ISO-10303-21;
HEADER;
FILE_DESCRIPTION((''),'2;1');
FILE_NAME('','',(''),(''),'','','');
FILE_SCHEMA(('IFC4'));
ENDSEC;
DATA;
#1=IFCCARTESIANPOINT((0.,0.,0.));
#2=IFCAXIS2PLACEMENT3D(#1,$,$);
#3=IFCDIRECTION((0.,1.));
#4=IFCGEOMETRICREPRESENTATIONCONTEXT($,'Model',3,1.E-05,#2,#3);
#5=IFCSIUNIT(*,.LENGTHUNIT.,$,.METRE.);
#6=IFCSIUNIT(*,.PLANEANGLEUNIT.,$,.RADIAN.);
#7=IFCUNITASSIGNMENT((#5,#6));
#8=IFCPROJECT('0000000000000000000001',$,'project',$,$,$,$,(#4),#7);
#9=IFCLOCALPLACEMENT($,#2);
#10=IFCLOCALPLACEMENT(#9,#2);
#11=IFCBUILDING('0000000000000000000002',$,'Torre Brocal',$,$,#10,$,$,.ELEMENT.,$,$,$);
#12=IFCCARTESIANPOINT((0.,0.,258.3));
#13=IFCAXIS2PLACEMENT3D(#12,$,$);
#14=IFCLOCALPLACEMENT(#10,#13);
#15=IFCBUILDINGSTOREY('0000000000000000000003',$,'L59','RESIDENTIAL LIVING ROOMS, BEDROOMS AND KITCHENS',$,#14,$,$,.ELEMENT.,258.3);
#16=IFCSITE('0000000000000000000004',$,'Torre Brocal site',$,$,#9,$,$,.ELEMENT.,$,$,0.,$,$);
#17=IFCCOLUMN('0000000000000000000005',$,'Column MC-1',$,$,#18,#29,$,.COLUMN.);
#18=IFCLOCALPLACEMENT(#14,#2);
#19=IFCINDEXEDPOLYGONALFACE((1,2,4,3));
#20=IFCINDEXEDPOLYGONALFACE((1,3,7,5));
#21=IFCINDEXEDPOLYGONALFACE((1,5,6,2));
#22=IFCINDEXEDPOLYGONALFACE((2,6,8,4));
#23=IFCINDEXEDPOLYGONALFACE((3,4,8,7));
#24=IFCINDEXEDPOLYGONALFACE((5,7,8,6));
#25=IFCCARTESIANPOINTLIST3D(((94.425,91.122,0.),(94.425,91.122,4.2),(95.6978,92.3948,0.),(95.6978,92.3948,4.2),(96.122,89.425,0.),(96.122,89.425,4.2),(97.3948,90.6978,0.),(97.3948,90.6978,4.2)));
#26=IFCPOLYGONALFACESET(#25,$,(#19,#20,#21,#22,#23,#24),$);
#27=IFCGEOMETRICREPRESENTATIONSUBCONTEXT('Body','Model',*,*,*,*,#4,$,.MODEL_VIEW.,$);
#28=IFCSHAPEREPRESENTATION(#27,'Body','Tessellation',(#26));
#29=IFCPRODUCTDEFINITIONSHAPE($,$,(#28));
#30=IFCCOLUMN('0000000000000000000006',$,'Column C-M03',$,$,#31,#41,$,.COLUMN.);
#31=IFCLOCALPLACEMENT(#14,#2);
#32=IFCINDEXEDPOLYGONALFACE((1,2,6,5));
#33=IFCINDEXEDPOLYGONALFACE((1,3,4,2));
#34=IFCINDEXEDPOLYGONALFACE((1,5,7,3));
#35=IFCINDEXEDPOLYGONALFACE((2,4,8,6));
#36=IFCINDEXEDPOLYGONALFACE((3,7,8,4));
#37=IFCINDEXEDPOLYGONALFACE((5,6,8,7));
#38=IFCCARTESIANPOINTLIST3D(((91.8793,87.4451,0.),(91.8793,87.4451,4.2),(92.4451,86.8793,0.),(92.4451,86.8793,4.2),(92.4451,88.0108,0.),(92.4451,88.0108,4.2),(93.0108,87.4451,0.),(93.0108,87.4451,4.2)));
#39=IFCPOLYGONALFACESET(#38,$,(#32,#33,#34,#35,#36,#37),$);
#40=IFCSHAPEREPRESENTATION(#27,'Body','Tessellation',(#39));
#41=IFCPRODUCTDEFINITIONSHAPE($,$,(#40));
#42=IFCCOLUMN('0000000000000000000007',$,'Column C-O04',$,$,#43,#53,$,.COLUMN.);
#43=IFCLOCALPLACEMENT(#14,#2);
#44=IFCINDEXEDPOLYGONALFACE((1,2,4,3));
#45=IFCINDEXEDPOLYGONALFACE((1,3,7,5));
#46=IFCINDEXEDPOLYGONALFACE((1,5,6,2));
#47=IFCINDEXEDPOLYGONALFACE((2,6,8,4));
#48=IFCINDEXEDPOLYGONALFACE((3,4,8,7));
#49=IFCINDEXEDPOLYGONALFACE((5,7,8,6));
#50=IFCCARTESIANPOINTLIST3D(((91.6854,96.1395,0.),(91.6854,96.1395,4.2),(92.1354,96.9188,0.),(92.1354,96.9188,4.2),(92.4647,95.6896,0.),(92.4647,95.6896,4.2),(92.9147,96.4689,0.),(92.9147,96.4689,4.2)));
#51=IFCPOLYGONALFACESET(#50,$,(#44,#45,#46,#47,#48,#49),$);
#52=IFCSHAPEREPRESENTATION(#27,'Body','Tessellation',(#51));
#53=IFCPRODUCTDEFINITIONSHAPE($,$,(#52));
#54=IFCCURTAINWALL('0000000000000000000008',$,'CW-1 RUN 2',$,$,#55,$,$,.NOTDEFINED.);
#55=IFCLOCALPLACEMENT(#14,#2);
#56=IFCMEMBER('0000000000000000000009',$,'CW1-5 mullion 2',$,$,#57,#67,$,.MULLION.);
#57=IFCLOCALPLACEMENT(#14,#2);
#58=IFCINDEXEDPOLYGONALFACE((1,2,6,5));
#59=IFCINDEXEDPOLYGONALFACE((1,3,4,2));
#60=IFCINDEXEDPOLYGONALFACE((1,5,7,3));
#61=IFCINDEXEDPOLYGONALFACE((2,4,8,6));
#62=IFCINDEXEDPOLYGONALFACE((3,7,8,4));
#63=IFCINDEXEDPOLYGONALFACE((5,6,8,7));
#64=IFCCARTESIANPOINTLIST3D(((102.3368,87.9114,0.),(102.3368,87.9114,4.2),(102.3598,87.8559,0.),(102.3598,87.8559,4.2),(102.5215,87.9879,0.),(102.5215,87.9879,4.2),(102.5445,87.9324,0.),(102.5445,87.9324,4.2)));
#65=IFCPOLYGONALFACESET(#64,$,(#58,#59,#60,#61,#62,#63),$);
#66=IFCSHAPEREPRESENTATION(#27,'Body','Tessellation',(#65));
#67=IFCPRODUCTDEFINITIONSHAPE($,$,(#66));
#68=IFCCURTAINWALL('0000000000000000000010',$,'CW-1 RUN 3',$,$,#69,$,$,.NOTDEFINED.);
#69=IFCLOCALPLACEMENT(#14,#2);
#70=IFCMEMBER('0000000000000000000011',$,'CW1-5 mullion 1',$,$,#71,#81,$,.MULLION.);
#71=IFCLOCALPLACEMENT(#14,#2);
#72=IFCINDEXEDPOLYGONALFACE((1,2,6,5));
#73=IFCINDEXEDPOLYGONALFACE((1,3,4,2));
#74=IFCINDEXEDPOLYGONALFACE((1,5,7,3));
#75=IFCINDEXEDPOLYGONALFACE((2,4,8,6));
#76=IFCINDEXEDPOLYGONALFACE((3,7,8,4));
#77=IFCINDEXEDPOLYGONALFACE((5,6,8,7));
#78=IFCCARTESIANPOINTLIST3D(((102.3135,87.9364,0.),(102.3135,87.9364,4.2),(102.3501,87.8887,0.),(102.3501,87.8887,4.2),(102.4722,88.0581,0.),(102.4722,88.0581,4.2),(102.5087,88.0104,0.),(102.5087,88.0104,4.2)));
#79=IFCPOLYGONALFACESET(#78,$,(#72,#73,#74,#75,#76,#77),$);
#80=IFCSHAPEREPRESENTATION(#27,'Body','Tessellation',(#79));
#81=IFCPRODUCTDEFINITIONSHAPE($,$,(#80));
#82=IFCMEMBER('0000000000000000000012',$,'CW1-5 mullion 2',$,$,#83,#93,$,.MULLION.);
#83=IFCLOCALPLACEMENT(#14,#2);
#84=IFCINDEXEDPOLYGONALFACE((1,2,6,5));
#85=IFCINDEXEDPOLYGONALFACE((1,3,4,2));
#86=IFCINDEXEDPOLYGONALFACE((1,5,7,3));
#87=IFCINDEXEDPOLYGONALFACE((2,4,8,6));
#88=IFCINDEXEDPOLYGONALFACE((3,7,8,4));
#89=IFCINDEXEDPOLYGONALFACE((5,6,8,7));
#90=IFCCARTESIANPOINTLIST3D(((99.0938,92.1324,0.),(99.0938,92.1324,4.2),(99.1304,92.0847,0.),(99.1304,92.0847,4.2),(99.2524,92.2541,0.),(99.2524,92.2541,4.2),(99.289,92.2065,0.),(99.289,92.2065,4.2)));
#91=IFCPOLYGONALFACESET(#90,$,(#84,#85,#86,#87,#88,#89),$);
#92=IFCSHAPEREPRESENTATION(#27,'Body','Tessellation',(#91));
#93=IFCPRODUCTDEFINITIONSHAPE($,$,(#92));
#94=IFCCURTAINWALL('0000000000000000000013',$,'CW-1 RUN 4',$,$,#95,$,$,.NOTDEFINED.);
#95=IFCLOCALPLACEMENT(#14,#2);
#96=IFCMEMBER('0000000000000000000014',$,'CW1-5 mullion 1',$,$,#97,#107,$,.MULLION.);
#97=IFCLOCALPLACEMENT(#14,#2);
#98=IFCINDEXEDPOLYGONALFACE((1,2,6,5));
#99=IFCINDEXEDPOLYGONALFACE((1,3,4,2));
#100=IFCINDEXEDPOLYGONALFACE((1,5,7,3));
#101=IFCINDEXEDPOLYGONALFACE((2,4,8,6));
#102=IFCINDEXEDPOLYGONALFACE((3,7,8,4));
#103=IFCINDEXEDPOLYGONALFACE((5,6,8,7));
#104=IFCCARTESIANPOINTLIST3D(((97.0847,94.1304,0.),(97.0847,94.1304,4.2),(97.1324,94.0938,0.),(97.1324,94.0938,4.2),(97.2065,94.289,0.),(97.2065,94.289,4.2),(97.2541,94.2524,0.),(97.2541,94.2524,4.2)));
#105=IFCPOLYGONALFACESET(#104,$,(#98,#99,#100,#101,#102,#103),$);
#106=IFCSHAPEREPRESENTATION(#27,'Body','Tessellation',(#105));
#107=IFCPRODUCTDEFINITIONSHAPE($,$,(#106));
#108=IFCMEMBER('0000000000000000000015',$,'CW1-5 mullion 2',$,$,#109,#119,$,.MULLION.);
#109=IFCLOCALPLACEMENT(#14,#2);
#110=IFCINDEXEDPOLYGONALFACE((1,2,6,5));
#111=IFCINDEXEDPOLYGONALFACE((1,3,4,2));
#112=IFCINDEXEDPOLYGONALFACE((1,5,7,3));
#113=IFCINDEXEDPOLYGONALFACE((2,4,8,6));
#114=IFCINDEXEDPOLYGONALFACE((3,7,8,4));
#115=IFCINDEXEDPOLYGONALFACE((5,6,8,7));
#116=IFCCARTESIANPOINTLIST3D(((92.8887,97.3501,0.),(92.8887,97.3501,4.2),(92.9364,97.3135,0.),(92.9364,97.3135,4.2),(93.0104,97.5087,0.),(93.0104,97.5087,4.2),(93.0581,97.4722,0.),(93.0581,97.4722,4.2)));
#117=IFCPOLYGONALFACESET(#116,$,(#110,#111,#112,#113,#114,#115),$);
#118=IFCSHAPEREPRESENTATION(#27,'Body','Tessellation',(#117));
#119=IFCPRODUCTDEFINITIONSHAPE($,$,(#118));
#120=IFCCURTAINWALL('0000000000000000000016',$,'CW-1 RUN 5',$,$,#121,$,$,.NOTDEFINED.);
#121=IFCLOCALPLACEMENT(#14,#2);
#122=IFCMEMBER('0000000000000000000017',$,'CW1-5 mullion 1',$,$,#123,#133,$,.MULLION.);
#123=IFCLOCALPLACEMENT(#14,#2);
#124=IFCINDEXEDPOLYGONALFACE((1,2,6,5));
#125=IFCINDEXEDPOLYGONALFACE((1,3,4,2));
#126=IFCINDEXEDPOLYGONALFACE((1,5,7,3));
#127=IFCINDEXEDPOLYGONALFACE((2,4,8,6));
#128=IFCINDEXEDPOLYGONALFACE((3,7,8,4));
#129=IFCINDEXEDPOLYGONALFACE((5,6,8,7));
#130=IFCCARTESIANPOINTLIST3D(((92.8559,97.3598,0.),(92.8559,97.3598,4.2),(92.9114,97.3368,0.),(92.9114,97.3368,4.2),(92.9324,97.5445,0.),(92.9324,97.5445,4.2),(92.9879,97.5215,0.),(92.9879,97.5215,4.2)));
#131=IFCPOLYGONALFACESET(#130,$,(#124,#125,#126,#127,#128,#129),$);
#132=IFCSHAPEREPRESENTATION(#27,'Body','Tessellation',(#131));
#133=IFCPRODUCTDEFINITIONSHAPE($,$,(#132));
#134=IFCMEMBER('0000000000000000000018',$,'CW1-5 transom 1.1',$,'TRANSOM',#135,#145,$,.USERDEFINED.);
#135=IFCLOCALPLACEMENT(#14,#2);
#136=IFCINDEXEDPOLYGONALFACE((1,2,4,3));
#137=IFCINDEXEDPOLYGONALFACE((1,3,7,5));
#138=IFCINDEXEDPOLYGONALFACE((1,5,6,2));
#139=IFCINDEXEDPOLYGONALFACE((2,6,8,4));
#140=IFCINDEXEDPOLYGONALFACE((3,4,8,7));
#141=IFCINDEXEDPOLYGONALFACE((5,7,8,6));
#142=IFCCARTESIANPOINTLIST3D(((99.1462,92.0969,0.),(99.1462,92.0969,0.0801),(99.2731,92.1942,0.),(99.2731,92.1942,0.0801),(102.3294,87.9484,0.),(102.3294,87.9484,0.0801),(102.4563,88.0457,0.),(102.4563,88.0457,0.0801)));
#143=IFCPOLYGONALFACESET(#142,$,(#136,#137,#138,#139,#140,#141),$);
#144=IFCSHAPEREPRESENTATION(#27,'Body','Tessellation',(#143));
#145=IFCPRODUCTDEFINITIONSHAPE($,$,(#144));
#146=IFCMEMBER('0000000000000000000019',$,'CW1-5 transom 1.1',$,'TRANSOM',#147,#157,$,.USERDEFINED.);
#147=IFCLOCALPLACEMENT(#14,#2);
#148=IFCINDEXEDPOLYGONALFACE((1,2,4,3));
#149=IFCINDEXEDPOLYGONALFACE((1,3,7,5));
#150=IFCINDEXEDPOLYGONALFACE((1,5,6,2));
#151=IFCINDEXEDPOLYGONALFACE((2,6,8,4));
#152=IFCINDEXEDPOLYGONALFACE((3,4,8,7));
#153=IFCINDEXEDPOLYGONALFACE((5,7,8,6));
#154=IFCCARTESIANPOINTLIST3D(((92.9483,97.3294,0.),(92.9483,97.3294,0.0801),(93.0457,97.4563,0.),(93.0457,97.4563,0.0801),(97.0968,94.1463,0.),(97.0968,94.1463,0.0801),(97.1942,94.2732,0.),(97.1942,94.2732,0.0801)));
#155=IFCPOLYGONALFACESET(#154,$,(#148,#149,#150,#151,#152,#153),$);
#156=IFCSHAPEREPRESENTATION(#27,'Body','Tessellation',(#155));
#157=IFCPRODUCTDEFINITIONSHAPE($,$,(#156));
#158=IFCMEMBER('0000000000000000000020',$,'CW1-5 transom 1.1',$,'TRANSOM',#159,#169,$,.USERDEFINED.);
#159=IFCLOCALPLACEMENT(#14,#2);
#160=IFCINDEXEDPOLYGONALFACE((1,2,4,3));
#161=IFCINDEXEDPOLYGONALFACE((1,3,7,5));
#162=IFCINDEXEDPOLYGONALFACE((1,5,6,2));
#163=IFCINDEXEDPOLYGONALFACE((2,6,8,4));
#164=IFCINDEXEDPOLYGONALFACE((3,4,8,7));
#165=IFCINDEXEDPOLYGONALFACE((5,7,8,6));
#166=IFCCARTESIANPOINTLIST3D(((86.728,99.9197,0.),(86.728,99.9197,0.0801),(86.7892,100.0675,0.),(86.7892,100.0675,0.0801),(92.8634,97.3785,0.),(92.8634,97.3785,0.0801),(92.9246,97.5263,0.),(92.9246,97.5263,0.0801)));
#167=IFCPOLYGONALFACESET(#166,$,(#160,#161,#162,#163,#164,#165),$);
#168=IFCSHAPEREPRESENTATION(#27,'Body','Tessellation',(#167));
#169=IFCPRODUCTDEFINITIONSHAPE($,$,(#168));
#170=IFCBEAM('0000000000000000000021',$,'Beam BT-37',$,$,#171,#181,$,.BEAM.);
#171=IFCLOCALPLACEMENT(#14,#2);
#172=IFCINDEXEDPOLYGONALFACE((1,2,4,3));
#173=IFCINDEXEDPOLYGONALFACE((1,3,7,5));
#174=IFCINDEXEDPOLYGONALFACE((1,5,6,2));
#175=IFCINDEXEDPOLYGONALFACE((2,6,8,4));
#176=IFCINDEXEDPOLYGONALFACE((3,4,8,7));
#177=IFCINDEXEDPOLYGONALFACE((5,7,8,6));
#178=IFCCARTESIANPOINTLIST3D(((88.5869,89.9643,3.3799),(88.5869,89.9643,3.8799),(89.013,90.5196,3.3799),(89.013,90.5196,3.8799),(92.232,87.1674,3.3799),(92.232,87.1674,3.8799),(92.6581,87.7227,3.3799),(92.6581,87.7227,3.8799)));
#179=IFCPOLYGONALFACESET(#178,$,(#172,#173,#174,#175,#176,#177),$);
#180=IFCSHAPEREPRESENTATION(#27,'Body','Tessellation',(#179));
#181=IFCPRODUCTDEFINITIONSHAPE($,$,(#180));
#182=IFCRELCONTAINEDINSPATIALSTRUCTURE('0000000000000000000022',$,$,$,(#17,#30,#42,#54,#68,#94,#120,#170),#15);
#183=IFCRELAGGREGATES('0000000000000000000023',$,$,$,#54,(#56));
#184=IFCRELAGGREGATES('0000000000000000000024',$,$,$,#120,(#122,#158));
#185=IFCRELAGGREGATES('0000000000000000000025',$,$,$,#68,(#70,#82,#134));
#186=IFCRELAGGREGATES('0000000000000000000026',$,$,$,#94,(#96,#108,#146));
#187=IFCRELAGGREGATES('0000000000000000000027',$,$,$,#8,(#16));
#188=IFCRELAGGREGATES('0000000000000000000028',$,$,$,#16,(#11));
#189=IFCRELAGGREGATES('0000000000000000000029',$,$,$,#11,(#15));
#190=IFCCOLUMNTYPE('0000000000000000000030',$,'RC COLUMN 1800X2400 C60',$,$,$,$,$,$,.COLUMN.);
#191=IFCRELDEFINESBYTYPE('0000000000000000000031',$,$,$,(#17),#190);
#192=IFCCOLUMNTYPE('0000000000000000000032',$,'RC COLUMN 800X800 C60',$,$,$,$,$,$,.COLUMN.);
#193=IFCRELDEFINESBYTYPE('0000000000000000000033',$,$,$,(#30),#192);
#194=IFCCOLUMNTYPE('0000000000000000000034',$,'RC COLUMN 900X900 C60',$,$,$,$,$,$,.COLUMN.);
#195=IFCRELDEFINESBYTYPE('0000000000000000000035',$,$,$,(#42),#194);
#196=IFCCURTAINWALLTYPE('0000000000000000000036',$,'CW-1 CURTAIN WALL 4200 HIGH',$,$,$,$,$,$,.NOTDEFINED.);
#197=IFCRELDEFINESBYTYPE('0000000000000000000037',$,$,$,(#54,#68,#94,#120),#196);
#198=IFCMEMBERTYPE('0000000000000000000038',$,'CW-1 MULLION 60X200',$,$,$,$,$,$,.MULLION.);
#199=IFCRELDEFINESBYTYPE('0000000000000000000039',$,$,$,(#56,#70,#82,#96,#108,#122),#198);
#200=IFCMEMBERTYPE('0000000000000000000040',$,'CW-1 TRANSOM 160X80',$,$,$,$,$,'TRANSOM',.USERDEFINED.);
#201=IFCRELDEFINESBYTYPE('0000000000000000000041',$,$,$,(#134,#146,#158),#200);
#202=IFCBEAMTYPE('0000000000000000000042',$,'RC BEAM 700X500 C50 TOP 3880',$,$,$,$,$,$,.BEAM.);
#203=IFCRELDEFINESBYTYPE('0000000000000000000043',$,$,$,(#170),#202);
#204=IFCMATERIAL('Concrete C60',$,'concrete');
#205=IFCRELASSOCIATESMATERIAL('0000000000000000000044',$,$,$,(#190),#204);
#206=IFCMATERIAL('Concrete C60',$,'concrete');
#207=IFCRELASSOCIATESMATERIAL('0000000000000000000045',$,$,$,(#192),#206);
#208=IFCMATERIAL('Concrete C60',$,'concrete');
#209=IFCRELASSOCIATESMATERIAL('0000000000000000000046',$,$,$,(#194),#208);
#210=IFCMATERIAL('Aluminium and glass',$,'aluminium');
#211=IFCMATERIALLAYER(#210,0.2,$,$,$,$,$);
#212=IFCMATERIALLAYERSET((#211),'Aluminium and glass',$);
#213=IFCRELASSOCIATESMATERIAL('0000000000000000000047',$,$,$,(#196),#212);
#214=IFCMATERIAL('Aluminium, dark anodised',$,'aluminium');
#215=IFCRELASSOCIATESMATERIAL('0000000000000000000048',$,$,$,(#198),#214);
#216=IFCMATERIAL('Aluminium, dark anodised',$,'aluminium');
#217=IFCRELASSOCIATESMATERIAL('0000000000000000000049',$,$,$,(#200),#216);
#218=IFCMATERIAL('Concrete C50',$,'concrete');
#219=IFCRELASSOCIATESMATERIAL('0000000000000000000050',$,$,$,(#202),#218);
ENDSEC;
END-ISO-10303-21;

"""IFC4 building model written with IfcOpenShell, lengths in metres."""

from ifc_helpers import new_model, si_unit, direction, frame, origin, origin_2d, place, context, subcontext, project, spatial, rectangle, extrude, material, layer, layer_set, material_profile, profile_set, type_object, element, aggregate, save


model = new_model("IFC4")

# Units and contexts
model_context = context("Model", 3, precision=1e-05, world=origin(), true_north=direction((0.0, 1.0)))
body_context = subcontext(model_context, "Body", "Model", "MODEL_VIEW")
ifc_project = project(units=[si_unit("LENGTHUNIT", "METRE"), si_unit("PLANEANGLEUNIT", "RADIAN")], contexts=[model_context])

# Site, building, storey
site_placement = place(None, origin())
site = spatial("IfcSite", under=ifc_project, at=site_placement, Name="Torre Brocal site", CompositionType="ELEMENT", RefElevation=0.0)
building_placement = place(site_placement, origin())
building = spatial("IfcBuilding", under=site, at=building_placement, Name="Torre Brocal", CompositionType="ELEMENT")
storey_placement = place(building_placement, frame((0.0, 0.0, 258.3)))
storey = spatial("IfcBuildingStorey", under=building, at=storey_placement, Name="L59", Description="RESIDENTIAL LIVING ROOMS, BEDROOMS AND KITCHENS", CompositionType="ELEMENT", Elevation=258.3)

# Columns
ifc_material_1 = material(Name="Concrete C60", Category="concrete")
ifc_material_profile_1 = material_profile(ifc_material_1, rectangle(XDim=1.8, YDim=2.3999, at=origin_2d()), Name="RC 1800X2400")
ifc_profile_set_1 = profile_set([ifc_material_profile_1], Name="Concrete C60")
column_type_1 = type_object("IfcColumnType", Name="RC COLUMN 1800X2400 C60", PredefinedType="COLUMN", material=ifc_profile_set_1)
column_1_placement = place(storey_placement, frame((95.9099, 90.9099, 0.0), z_axis=(0.0, 0.0, 1.0), x_axis=(0.707107, 0.707107, 0.0)))
element("IfcColumn", 1, at=column_1_placement, inside=storey, type_object=column_type_1, Name="Column MC-1", PredefinedType="COLUMN", context=body_context, shape_type="SweptSolid", body=[
    extrude(rectangle(XDim=1.8, YDim=2.3999, at=origin_2d()), origin(), (0.0, 0.0, 1.0), 4.2),
])
ifc_material_2 = material(Name="Concrete C60", Category="concrete")
ifc_material_profile_2 = material_profile(ifc_material_2, rectangle(XDim=0.8, YDim=0.8, at=origin_2d()), Name="RC 800X800")
ifc_profile_set_2 = profile_set([ifc_material_profile_2], Name="Concrete C60")
column_type_2 = type_object("IfcColumnType", Name="RC COLUMN 800X800 C60", PredefinedType="COLUMN", material=ifc_profile_set_2)
column_2_placement = place(storey_placement, frame((92.4451, 87.4451, 0.0), z_axis=(0.0, 0.0, 1.0), x_axis=(0.707107, 0.707107, 0.0)))
element("IfcColumn", 2, at=column_2_placement, inside=storey, type_object=column_type_2, Name="Column C-M03", PredefinedType="COLUMN", context=body_context, shape_type="SweptSolid", body=[
    extrude(rectangle(XDim=0.8, YDim=0.8, at=origin_2d()), origin(), (0.0, 0.0, 1.0), 4.2),
])
ifc_material_3 = material(Name="Concrete C60", Category="concrete")
ifc_material_profile_3 = material_profile(ifc_material_3, rectangle(XDim=0.8999, YDim=0.8999, at=origin_2d()), Name="RC 900X900")
ifc_profile_set_3 = profile_set([ifc_material_profile_3], Name="Concrete C60")
column_type_3 = type_object("IfcColumnType", Name="RC COLUMN 900X900 C60", PredefinedType="COLUMN", material=ifc_profile_set_3)
column_3_placement = place(storey_placement, frame((92.3, 96.3042, 0.0), z_axis=(0.0, 0.0, 1.0), x_axis=(0.5, 0.866025, 0.0)))
element("IfcColumn", 3, at=column_3_placement, inside=storey, type_object=column_type_3, Name="Column C-O04", PredefinedType="COLUMN", context=body_context, shape_type="SweptSolid", body=[
    extrude(rectangle(XDim=0.8999, YDim=0.8999, at=origin_2d()), origin(), (0.0, 0.0, 1.0), 4.2),
])

# Curtain wall, member
ifc_material_4 = material(Name="Aluminium and glass", Category="aluminium")
ifc_layer_1 = layer(ifc_material_4, 0.2)
ifc_layer_set_1 = layer_set([ifc_layer_1], Name="Aluminium and glass")
curtain_wall_type = type_object("IfcCurtainWallType", Name="CW-1 CURTAIN WALL 4200 HIGH", PredefinedType="NOTDEFINED", material=ifc_layer_set_1)
curtain_wall_1_placement = place(storey_placement, origin())
curtain_wall_1 = element("IfcCurtainWall", 4, at=curtain_wall_1_placement, inside=storey, type_object=curtain_wall_type, Name="CW-1 RUN 2", PredefinedType="NOTDEFINED")
ifc_material_5 = material(Name="Aluminium, dark anodised", Category="aluminium")
ifc_material_profile_4 = material_profile(ifc_material_5, rectangle(XDim=0.2, YDim=0.0601, at=origin_2d()), Name="CW-1 MULLION 60X200")
ifc_profile_set_4 = profile_set([ifc_material_profile_4], Name="Aluminium, dark anodised")
member_type_1 = type_object("IfcMemberType", Name="CW-1 MULLION 60X200", PredefinedType="MULLION", material=ifc_profile_set_4)
member_1_placement = place(storey_placement, frame((102.4407, 87.9219, 0.0), z_axis=(0.0, 0.0, 1.0), x_axis=(-0.92388, -0.382683, 0.0)))
member_1 = element("IfcMember", 5, at=member_1_placement, type_object=member_type_1, Name="CW1-5 mullion 2", PredefinedType="MULLION", context=body_context, shape_type="SweptSolid", body=[
    extrude(rectangle(XDim=0.2, YDim=0.0601, at=origin_2d()), origin(), (0.0, 0.0, 1.0), 4.2),
])
aggregate(curtain_wall_1, [member_1])

# Curtain walls, members
curtain_wall_2_placement = place(storey_placement, origin())
curtain_wall_2 = element("IfcCurtainWall", 6, at=curtain_wall_2_placement, inside=storey, type_object=curtain_wall_type, Name="CW-1 RUN 3", PredefinedType="NOTDEFINED")
member_2_placement = place(storey_placement, frame((102.4111, 87.9734, 0.0), z_axis=(0.0, 0.0, 1.0), x_axis=(-0.793353, -0.608761, 0.0)))
member_2 = element("IfcMember", 7, at=member_2_placement, type_object=member_type_1, Name="CW1-5 mullion 1", PredefinedType="MULLION", context=body_context, shape_type="SweptSolid", body=[
    extrude(rectangle(XDim=0.2, YDim=0.0601, at=origin_2d()), origin(), (0.0, 0.0, 1.0), 4.2),
])
member_3_placement = place(storey_placement, frame((99.1914, 92.1694, 0.0), z_axis=(0.0, 0.0, 1.0), x_axis=(-0.793353, -0.608761, 0.0)))
member_3 = element("IfcMember", 8, at=member_3_placement, type_object=member_type_1, Name="CW1-5 mullion 2", PredefinedType="MULLION", context=body_context, shape_type="SweptSolid", body=[
    extrude(rectangle(XDim=0.2, YDim=0.0601, at=origin_2d()), origin(), (0.0, 0.0, 1.0), 4.2),
])
curtain_wall_3_placement = place(storey_placement, origin())
curtain_wall_3 = element("IfcCurtainWall", 9, at=curtain_wall_3_placement, inside=storey, type_object=curtain_wall_type, Name="CW-1 RUN 4", PredefinedType="NOTDEFINED")
member_4_placement = place(storey_placement, frame((97.1694, 94.1914, 0.0), z_axis=(0.0, 0.0, 1.0), x_axis=(-0.608761, -0.793353, 0.0)))
member_4 = element("IfcMember", 10, at=member_4_placement, type_object=member_type_1, Name="CW1-5 mullion 1", PredefinedType="MULLION", context=body_context, shape_type="SweptSolid", body=[
    extrude(rectangle(XDim=0.2, YDim=0.0601, at=origin_2d()), origin(), (0.0, 0.0, 1.0), 4.2),
])
member_5_placement = place(storey_placement, frame((92.9734, 97.4111, 0.0), z_axis=(0.0, 0.0, 1.0), x_axis=(-0.608761, -0.793353, 0.0)))
member_5 = element("IfcMember", 11, at=member_5_placement, type_object=member_type_1, Name="CW1-5 mullion 2", PredefinedType="MULLION", context=body_context, shape_type="SweptSolid", body=[
    extrude(rectangle(XDim=0.2, YDim=0.0601, at=origin_2d()), origin(), (0.0, 0.0, 1.0), 4.2),
])

# Curtain wall, member
curtain_wall_4_placement = place(storey_placement, origin())
curtain_wall_4 = element("IfcCurtainWall", 12, at=curtain_wall_4_placement, inside=storey, type_object=curtain_wall_type, Name="CW-1 RUN 5", PredefinedType="NOTDEFINED")
member_6_placement = place(storey_placement, frame((92.9219, 97.4407, 0.0), z_axis=(0.0, 0.0, 1.0), x_axis=(-0.382683, -0.92388, 0.0)))
member_6 = element("IfcMember", 13, at=member_6_placement, type_object=member_type_1, Name="CW1-5 mullion 1", PredefinedType="MULLION", context=body_context, shape_type="SweptSolid", body=[
    extrude(rectangle(XDim=0.2, YDim=0.0601, at=origin_2d()), origin(), (0.0, 0.0, 1.0), 4.2),
])

# Members
ifc_material_6 = material(Name="Aluminium, dark anodised", Category="aluminium")
ifc_material_profile_5 = material_profile(ifc_material_6, rectangle(XDim=0.1599, YDim=0.0801, at=origin_2d()), Name="CW-1 TRANSOM 160X80")
ifc_profile_set_5 = profile_set([ifc_material_profile_5], Name="Aluminium, dark anodised")
member_type_2 = type_object("IfcMemberType", Name="CW-1 TRANSOM 160X80", ElementType="TRANSOM", PredefinedType="USERDEFINED", material=ifc_profile_set_5)
member_7_placement = place(storey_placement, frame((102.3928, 87.9971, 0.04), z_axis=(-0.608749, 0.793363, 0.0), x_axis=(-0.793363, -0.608749, 0.0)))
member_7 = element("IfcMember", 14, at=member_7_placement, type_object=member_type_2, Name="CW1-5 transom 1.1", ObjectType="TRANSOM", PredefinedType="USERDEFINED", context=body_context, shape_type="SweptSolid", body=[
    extrude(rectangle(XDim=0.1599, YDim=0.0801, at=origin_2d()), origin(), (0.0, 0.0, 1.0), 5.229),
])
member_8_placement = place(storey_placement, frame((97.1455, 94.2097, 0.04), z_axis=(-0.793363, 0.608749, 0.0), x_axis=(-0.608749, -0.793363, 0.0)))
member_8 = element("IfcMember", 15, at=member_8_placement, type_object=member_type_2, Name="CW1-5 transom 1.1", ObjectType="TRANSOM", PredefinedType="USERDEFINED", context=body_context, shape_type="SweptSolid", body=[
    extrude(rectangle(XDim=0.1599, YDim=0.0801, at=origin_2d()), origin(), (0.0, 0.0, 1.0), 5.229),
])
member_9_placement = place(storey_placement, frame((92.894, 97.4524, 0.04), z_axis=(-0.923887, 0.382665, 0.0), x_axis=(-0.382665, -0.923887, 0.0)))
member_9 = element("IfcMember", 16, at=member_9_placement, type_object=member_type_2, Name="CW1-5 transom 1.1", ObjectType="TRANSOM", PredefinedType="USERDEFINED", context=body_context, shape_type="SweptSolid", body=[
    extrude(rectangle(XDim=0.1599, YDim=0.0801, at=origin_2d()), origin(), (0.0, 0.0, 1.0), 6.6409),
])
aggregate(curtain_wall_4, [member_6, member_9])

# Beam
ifc_material_7 = material(Name="Concrete C50", Category="concrete")
ifc_material_profile_6 = material_profile(ifc_material_7, rectangle(XDim=0.7, YDim=0.5, at=origin_2d()), Name="RC 700X500")
ifc_profile_set_6 = profile_set([ifc_material_profile_6], Name="Concrete C50")
beam_type_1 = type_object("IfcBeamType", Name="RC BEAM 700X500 C50 TOP 3880", PredefinedType="BEAM", material=ifc_profile_set_6)
beam_1_placement = place(storey_placement, frame((92.4451, 87.4451, 3.6299), z_axis=(-0.793358, 0.608755, 0.0), x_axis=(-0.608755, -0.793358, 0.0)))
element("IfcBeam", 17, at=beam_1_placement, inside=storey, type_object=beam_type_1, Name="Beam BT-37", PredefinedType="BEAM", context=body_context, shape_type="SweptSolid", body=[
    extrude(rectangle(XDim=0.7, YDim=0.5, at=origin_2d()), origin(), (0.0, 0.0, 1.0), 4.5945),
])

aggregate(curtain_wall_2, [member_2, member_3, member_7])
aggregate(curtain_wall_3, [member_4, member_5, member_8])

save(model, "model.ifc")
